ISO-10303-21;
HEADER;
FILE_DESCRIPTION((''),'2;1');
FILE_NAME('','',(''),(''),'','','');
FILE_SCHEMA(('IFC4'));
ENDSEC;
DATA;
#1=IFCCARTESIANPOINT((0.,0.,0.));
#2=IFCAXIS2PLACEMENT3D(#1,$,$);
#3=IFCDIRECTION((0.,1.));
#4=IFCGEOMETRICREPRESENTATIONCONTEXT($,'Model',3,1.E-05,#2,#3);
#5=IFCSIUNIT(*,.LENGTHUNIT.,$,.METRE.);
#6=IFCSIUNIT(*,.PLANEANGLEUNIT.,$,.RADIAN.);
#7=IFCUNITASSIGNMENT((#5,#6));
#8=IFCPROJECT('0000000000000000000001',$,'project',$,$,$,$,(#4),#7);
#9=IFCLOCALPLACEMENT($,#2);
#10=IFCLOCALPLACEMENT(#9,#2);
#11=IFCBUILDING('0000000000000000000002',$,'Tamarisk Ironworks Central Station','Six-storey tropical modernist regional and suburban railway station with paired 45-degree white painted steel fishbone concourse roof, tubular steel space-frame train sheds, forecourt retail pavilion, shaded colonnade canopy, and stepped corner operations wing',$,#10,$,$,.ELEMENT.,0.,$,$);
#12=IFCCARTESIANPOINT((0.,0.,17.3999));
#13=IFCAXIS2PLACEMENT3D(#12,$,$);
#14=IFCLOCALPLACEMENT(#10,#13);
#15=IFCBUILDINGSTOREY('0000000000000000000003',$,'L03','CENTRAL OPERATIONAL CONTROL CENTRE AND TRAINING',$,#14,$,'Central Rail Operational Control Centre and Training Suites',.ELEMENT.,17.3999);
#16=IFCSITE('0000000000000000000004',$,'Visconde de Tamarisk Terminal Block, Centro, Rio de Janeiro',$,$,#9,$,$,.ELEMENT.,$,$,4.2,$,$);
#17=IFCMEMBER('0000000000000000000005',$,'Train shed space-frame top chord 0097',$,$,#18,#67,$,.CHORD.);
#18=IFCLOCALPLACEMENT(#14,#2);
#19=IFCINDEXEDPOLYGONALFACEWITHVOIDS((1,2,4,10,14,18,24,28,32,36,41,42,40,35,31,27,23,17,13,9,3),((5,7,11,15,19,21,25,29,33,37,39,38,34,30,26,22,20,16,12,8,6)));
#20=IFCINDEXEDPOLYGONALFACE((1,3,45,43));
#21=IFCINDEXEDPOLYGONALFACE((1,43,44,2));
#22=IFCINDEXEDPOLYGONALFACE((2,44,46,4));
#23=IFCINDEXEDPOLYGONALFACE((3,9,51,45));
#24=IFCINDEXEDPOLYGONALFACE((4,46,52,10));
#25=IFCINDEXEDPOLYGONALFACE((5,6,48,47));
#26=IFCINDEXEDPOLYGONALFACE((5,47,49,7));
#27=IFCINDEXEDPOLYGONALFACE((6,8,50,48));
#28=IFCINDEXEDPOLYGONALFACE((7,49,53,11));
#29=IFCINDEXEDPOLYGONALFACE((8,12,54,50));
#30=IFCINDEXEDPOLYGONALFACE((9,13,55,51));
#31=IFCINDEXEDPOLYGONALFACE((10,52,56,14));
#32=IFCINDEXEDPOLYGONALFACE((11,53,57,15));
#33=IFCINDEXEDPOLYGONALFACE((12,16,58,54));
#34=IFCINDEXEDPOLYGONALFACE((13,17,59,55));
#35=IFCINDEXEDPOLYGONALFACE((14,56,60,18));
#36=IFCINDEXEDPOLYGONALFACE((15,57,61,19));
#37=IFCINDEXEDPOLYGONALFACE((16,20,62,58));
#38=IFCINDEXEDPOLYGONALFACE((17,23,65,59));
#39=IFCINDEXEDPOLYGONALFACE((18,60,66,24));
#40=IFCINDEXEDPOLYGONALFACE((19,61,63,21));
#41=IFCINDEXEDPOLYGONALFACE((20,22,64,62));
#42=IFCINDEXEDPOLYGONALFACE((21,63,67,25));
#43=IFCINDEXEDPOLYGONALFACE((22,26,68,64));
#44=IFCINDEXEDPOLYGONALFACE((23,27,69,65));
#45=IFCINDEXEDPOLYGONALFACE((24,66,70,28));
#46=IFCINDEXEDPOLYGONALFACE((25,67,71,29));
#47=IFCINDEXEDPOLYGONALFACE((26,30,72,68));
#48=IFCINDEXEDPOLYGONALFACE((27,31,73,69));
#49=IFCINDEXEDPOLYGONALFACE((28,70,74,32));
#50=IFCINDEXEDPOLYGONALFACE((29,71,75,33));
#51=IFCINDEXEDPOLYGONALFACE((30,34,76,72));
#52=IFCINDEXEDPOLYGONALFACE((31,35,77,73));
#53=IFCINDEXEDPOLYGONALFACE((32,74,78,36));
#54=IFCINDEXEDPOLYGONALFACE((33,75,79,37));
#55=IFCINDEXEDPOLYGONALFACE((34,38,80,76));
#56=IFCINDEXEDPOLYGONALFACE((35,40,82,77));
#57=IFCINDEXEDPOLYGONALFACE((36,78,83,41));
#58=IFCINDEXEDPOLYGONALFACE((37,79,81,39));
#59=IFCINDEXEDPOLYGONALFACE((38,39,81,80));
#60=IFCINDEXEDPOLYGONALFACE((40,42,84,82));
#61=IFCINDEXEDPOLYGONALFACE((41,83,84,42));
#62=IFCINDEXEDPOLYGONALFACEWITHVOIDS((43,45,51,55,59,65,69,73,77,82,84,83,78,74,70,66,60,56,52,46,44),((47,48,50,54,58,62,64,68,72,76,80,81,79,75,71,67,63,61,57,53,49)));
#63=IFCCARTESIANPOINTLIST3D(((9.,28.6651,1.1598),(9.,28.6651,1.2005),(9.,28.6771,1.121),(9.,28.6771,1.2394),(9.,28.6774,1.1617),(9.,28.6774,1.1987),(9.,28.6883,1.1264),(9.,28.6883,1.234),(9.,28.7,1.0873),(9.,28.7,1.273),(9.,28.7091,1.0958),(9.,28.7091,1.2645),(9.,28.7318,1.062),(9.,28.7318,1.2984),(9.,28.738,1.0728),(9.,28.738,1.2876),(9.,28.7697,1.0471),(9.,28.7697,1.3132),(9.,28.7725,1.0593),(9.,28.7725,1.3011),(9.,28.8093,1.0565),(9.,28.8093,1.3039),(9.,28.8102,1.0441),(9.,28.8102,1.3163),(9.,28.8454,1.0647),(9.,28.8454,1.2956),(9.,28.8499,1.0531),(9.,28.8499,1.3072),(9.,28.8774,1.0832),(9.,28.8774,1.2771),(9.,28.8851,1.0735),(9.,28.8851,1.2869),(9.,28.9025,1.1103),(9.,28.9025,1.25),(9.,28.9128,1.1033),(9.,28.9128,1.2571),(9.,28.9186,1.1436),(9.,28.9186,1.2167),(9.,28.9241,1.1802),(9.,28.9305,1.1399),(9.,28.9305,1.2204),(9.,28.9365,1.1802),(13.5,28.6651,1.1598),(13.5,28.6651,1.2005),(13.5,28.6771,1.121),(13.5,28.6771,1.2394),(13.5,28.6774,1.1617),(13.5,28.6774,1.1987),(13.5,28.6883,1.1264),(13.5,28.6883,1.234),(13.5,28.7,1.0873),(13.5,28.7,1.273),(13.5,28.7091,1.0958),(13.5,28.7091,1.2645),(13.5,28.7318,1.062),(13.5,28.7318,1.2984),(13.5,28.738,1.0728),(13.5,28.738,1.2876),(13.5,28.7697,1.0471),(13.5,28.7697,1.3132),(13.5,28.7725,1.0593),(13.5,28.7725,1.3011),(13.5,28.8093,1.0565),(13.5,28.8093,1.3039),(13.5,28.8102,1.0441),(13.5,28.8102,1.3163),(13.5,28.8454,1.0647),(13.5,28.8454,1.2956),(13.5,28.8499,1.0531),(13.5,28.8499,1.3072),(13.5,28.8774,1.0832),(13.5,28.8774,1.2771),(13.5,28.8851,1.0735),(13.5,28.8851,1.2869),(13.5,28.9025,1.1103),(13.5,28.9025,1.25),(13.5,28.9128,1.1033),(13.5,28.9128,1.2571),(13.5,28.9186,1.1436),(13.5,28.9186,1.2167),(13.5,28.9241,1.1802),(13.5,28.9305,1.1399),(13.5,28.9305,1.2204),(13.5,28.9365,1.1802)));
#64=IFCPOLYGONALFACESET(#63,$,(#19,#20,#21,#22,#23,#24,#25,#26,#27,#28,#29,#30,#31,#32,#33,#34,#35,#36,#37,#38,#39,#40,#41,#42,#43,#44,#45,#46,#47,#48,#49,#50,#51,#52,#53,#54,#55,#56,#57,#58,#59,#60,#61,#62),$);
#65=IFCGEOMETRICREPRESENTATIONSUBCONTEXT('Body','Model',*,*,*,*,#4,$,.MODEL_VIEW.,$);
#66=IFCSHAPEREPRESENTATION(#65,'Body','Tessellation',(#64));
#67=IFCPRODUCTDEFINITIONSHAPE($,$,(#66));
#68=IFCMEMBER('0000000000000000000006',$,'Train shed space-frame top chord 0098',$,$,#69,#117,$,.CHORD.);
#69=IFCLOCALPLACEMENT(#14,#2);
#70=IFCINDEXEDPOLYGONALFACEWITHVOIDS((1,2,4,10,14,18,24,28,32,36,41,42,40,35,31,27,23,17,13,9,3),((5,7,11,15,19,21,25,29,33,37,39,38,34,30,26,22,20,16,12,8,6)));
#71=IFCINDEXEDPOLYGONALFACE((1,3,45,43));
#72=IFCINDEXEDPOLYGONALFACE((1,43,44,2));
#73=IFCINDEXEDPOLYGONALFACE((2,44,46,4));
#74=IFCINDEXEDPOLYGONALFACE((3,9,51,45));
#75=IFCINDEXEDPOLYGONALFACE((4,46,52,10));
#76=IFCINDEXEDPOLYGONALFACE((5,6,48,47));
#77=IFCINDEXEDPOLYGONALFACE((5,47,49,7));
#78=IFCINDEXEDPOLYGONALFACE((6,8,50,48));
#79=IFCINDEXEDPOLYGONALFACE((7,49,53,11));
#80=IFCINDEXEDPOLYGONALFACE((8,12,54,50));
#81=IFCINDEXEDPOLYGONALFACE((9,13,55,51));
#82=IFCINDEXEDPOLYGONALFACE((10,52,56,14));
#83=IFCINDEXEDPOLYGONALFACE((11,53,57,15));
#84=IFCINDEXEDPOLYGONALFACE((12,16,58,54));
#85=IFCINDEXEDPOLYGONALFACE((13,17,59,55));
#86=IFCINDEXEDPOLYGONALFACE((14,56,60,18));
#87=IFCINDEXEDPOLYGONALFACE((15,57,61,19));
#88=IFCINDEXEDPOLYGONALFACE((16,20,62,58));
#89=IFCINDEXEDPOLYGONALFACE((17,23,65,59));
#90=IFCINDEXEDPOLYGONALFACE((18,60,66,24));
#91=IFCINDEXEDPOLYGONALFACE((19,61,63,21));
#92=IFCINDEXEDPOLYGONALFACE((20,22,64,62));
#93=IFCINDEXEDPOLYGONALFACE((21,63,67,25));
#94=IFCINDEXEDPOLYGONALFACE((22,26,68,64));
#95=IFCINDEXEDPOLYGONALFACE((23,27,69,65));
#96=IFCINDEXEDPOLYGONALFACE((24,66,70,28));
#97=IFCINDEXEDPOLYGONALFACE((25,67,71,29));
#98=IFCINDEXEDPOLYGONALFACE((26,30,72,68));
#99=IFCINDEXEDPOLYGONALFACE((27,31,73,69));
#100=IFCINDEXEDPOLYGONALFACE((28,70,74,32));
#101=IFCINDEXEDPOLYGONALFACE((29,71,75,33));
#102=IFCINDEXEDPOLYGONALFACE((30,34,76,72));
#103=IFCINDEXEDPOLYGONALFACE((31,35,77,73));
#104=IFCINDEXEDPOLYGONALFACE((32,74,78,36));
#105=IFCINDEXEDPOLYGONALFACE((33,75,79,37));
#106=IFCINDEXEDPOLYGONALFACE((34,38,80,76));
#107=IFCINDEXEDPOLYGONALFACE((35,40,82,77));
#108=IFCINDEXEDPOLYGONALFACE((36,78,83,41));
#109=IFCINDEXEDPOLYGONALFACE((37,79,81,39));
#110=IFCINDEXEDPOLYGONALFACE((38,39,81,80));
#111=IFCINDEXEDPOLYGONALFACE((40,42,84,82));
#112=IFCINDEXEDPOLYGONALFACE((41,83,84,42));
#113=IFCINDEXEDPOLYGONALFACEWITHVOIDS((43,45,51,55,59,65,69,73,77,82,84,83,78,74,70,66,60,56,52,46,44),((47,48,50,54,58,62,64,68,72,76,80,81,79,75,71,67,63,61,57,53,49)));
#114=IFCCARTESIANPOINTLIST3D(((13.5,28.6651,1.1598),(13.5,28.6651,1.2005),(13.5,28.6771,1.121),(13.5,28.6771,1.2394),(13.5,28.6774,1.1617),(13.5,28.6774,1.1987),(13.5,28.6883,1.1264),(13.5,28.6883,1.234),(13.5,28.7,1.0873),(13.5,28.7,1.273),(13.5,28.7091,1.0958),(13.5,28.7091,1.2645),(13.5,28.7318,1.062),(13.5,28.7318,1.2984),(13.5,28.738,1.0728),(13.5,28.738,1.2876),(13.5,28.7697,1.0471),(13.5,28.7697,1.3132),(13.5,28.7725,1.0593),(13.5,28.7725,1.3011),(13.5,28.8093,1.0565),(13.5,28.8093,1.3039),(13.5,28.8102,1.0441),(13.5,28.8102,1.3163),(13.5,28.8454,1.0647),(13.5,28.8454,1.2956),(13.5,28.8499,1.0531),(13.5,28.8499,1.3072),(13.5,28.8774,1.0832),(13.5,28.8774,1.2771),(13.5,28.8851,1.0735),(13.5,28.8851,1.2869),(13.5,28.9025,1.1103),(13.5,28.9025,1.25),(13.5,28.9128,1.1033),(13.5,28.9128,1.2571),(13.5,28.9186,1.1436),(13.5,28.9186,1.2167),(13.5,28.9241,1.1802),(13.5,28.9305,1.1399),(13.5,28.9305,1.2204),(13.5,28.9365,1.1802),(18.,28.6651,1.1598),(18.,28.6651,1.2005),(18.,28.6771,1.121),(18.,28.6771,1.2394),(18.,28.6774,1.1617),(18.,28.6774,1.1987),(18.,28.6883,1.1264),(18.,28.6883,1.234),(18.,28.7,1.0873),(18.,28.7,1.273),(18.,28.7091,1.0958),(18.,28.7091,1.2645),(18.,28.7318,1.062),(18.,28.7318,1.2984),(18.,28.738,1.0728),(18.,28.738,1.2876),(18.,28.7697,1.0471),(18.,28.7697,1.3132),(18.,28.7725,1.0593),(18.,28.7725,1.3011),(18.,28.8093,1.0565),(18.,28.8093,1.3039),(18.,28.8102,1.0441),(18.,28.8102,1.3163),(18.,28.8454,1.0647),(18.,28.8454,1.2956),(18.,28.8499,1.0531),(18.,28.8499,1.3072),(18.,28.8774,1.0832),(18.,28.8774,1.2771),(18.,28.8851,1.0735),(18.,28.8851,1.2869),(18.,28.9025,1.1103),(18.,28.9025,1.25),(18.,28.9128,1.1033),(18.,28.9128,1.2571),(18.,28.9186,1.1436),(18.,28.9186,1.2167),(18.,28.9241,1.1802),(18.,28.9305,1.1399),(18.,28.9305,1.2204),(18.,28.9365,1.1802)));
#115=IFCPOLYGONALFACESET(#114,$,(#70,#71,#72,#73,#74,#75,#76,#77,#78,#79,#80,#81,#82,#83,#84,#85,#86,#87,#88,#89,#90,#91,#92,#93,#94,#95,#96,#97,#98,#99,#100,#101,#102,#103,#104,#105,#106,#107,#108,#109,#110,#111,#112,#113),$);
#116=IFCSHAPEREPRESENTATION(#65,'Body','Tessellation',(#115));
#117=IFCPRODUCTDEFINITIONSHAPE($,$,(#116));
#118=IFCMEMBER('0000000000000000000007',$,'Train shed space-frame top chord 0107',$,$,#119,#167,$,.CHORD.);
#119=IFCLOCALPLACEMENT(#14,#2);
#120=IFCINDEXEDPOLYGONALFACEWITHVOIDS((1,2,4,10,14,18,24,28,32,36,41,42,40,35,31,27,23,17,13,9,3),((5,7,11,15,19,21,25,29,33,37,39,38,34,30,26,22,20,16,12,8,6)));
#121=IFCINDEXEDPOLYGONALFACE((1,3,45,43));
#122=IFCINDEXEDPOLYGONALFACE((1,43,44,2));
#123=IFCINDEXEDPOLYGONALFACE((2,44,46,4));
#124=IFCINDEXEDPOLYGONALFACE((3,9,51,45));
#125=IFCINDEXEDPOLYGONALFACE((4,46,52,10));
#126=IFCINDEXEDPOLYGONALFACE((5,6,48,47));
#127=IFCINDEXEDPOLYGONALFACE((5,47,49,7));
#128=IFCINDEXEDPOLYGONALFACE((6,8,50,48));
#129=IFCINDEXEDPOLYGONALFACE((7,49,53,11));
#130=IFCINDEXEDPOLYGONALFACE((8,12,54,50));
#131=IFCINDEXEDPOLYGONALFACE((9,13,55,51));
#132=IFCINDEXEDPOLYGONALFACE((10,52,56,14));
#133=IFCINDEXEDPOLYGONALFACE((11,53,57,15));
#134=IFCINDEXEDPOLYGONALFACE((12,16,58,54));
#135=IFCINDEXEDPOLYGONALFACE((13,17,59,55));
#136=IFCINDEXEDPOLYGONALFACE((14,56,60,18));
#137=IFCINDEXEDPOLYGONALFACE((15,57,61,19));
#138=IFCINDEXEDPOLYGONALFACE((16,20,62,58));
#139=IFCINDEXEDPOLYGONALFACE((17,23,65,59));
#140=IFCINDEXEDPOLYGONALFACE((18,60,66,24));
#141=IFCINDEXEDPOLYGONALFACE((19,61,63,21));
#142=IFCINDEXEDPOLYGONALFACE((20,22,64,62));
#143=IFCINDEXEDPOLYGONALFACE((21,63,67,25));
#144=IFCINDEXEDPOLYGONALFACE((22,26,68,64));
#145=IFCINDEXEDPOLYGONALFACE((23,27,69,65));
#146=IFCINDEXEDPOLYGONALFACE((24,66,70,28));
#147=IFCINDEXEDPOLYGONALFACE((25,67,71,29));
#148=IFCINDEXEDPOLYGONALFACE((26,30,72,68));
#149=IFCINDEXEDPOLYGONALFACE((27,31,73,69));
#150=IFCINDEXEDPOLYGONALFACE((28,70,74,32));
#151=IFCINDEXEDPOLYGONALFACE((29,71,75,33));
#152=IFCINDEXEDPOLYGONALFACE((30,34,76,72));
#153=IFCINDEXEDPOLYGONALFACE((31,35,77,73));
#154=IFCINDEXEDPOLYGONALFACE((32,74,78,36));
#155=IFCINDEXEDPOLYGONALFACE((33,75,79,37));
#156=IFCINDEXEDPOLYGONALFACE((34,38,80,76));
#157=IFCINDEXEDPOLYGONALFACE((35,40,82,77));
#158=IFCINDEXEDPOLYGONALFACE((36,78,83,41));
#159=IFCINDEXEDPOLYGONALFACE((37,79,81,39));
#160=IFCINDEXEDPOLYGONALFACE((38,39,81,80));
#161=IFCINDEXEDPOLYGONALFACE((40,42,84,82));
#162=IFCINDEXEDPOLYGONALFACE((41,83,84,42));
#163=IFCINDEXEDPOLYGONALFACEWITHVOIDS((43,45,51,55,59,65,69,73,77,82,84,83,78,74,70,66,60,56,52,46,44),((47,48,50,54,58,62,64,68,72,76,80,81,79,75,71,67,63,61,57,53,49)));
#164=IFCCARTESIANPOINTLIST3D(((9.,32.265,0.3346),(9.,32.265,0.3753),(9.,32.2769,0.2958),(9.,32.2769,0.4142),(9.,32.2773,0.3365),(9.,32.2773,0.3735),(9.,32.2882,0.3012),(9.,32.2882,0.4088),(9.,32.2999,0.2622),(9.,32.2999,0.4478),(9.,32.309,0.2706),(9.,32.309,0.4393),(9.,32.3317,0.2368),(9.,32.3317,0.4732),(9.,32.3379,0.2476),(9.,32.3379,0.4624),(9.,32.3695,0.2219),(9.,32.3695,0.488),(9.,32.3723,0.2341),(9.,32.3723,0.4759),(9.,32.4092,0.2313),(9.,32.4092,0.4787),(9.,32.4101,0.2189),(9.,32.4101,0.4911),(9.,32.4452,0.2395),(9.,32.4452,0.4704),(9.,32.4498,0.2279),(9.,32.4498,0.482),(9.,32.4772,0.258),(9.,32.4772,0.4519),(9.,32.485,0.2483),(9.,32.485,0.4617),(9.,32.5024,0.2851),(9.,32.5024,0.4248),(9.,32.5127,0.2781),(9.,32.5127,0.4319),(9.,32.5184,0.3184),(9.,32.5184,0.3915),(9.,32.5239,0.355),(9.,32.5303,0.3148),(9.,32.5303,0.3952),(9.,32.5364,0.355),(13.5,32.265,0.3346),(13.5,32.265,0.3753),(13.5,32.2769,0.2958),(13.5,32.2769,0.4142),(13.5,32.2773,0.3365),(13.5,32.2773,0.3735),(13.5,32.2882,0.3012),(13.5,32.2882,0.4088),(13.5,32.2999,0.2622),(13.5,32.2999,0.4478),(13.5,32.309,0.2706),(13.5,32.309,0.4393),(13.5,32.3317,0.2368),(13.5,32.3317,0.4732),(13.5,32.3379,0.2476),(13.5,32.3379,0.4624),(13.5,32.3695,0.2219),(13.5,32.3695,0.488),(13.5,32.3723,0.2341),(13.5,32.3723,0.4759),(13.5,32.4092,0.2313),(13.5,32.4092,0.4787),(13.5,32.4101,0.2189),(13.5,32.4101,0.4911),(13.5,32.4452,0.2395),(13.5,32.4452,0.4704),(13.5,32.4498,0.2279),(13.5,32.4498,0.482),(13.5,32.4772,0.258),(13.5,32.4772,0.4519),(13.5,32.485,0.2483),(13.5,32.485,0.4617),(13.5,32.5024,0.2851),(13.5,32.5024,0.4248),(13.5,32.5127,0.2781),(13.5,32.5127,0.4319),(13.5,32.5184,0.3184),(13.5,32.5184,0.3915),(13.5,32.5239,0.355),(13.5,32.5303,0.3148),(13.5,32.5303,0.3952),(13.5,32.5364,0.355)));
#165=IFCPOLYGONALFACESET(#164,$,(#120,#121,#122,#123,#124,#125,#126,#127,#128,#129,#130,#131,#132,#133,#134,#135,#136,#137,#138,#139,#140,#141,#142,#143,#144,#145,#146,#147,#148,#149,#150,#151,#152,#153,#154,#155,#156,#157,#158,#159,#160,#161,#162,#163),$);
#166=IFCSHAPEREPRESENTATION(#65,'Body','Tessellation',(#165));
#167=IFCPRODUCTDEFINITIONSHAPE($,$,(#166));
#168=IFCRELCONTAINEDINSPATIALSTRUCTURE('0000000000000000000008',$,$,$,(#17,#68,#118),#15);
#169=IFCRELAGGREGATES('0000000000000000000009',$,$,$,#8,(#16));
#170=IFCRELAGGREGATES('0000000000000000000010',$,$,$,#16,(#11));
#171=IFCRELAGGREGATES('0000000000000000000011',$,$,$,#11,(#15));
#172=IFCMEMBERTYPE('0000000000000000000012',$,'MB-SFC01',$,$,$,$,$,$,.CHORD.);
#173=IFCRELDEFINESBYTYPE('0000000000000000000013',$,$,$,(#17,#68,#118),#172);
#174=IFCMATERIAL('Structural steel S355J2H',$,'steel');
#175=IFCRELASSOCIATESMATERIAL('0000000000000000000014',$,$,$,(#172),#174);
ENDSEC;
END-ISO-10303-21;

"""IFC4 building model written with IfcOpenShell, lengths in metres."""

from ifc_helpers import new_model, si_unit, direction, frame, origin, origin_2d, place, context, subcontext, project, spatial, hollow_circle, extrude, material, material_profile, profile_set, type_object, element, save


model = new_model("IFC4")

# Units and contexts
model_context = context("Model", 3, precision=1e-05, world=origin(), true_north=direction((0.0, 1.0)))
body_context = subcontext(model_context, "Body", "Model", "MODEL_VIEW")
ifc_project = project(units=[si_unit("LENGTHUNIT", "METRE"), si_unit("PLANEANGLEUNIT", "RADIAN")], contexts=[model_context])

# Site, building, storey
site_placement = place(None, origin())
site = spatial("IfcSite", under=ifc_project, at=site_placement, Name="Visconde de Tamarisk Terminal Block, Centro, Rio de Janeiro", CompositionType="ELEMENT", RefElevation=4.2)
building_placement = place(site_placement, origin())
building = spatial("IfcBuilding", under=site, at=building_placement, Name="Tamarisk Ironworks Central Station", Description="Six-storey tropical modernist regional and suburban railway station with paired 45-degree white painted steel fishbone concourse roof, tubular steel space-frame train sheds, forecourt retail pavilion, shaded colonnade canopy, and stepped corner operations wing", CompositionType="ELEMENT", ElevationOfRefHeight=0.0)
storey_placement = place(building_placement, frame((0.0, 0.0, 17.3999)))
storey = spatial("IfcBuildingStorey", under=building, at=storey_placement, Name="L03", Description="CENTRAL OPERATIONAL CONTROL CENTRE AND TRAINING", LongName="Central Rail Operational Control Centre and Training Suites", CompositionType="ELEMENT", Elevation=17.3999)

# Members
ifc_material = material(Name="Structural steel S355J2H", Category="steel")
ifc_material_profile_1 = material_profile(ifc_material, hollow_circle(Radius=0.1365, WallThickness=0.0125, at=origin_2d()), Name="CHS 273x12.5")
ifc_profile_set_1 = profile_set([ifc_material_profile_1], Name="Structural steel S355J2H")
member_type_1 = type_object("IfcMemberType", Name="MB-SFC01", PredefinedType="CHORD", material=ifc_profile_set_1)
for number, where, z_axis, x_axis, name in (
    (1, (9.0, 28.8, 1.1802), (1.0, 0.0, 0.0), (0.0, 1.0, 0.0), "Train shed space-frame top chord 0097"),
    (2, (13.5, 28.8, 1.1802), (1.0, 0.0, 0.0), (0.0, 1.0, 0.0), "Train shed space-frame top chord 0098"),
    (3, (9.0, 32.3999, 0.355), (1.0, 0.0, 0.0), (0.0, 1.0, 0.0), "Train shed space-frame top chord 0107"),
):
    element("IfcMember", number, at=place(storey_placement, frame(where, z_axis=z_axis, x_axis=x_axis)), inside=storey, type_object=member_type_1, Name=name, PredefinedType="CHORD", context=body_context, shape_type="SweptSolid", body=[
        extrude(hollow_circle(Radius=0.1365, WallThickness=0.0125, at=origin_2d()), origin(), (0.0, 0.0, 1.0), 4.5),
    ])

save(model, "model.ifc")
